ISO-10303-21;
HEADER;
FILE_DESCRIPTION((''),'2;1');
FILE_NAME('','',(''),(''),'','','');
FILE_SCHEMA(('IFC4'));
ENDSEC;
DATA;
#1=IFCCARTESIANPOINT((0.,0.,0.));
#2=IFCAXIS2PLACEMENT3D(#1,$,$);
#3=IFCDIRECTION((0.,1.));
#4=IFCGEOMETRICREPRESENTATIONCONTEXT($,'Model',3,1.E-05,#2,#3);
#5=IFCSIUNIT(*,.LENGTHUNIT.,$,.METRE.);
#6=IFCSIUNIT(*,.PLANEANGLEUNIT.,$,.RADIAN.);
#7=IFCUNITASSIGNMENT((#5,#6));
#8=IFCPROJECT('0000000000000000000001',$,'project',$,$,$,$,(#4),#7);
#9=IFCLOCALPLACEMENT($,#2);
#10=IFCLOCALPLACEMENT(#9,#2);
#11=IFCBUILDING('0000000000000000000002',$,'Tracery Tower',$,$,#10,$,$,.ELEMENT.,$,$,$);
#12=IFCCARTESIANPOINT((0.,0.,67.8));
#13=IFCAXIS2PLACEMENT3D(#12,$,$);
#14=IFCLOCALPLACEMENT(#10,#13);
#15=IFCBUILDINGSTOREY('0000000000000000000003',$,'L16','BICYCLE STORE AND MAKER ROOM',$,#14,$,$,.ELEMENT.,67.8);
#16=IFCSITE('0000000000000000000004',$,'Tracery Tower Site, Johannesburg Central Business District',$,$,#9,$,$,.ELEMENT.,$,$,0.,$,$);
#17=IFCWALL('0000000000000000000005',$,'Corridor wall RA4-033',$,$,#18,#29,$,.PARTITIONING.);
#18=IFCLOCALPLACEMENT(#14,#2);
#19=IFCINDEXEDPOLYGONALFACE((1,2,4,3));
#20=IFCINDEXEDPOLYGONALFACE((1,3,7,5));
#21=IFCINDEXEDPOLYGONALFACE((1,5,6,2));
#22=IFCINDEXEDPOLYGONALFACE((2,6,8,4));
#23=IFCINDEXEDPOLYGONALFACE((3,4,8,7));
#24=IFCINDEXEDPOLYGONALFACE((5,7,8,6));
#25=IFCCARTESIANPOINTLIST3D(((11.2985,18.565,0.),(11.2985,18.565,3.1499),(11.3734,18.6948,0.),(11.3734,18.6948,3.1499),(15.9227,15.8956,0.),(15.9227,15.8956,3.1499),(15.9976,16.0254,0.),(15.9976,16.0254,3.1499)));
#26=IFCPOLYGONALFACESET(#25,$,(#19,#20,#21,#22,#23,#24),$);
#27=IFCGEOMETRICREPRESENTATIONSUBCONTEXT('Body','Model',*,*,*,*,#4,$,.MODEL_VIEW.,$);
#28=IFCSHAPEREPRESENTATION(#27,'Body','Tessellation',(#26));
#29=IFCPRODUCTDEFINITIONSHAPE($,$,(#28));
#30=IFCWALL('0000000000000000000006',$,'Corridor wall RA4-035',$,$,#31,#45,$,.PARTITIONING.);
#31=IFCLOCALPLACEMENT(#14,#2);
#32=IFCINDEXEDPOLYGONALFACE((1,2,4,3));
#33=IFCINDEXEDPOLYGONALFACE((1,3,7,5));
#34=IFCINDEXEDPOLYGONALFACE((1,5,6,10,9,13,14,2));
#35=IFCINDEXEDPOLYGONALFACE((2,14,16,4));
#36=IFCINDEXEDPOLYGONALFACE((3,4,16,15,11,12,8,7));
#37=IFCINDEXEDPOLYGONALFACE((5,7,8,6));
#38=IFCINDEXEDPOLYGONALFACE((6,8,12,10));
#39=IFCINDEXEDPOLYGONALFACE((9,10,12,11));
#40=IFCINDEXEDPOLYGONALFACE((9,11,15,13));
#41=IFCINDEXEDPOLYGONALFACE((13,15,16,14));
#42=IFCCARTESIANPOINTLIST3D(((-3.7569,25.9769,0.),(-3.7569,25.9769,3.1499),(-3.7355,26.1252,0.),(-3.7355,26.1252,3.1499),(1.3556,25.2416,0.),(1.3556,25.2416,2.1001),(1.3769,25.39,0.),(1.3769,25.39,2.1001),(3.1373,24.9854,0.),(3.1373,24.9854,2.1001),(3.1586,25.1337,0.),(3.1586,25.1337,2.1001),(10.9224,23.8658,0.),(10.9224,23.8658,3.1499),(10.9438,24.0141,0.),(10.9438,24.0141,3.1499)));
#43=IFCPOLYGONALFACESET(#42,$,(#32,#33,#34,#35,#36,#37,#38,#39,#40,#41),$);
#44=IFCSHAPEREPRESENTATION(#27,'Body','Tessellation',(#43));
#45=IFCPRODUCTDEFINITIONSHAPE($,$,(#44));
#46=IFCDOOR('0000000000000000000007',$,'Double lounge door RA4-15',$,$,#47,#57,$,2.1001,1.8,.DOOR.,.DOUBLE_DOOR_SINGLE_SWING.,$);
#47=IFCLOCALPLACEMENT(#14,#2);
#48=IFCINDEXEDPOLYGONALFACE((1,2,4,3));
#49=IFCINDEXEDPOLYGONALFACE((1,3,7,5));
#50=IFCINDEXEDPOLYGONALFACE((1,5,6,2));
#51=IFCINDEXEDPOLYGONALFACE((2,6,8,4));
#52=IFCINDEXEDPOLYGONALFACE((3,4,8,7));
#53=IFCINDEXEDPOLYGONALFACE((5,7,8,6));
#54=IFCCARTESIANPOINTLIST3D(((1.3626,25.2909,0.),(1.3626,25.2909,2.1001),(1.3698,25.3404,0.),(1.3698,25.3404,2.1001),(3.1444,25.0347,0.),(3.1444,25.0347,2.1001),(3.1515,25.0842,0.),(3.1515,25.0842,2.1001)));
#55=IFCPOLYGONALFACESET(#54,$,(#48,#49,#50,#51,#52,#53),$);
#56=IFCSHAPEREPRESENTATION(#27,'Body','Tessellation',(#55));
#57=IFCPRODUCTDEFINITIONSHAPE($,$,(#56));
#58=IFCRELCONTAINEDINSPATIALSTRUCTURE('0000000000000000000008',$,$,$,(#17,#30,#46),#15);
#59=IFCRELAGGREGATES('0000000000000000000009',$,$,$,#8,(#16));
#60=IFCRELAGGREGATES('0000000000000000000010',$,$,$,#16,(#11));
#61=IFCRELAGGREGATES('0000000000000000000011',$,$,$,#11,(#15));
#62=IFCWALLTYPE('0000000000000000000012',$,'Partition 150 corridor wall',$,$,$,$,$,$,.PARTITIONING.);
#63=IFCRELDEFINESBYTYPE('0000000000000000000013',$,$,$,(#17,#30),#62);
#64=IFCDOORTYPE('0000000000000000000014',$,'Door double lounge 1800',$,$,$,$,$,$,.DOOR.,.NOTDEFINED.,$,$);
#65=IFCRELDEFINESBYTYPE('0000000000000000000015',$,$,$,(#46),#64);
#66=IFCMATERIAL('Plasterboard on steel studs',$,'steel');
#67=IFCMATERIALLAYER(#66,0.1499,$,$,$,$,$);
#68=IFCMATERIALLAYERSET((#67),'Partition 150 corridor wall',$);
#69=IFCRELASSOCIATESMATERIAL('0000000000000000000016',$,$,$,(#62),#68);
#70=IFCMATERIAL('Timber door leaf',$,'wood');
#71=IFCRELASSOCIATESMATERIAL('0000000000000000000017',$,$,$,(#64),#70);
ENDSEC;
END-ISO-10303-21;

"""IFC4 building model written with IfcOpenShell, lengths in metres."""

from ifc_helpers import new_model, si_unit, direction, frame, frame_2d, origin, place, context, subcontext, project, spatial, rectangle, extrude, material, layer, layer_set, type_object, element, fill, save


model = new_model("IFC4")

# Units and contexts
model_context = context("Model", 3, precision=1e-05, world=origin(), true_north=direction((0.0, 1.0)))
body_context = subcontext(model_context, "Body", "Model", "MODEL_VIEW")
ifc_project = project(units=[si_unit("LENGTHUNIT", "METRE"), si_unit("PLANEANGLEUNIT", "RADIAN")], contexts=[model_context])

# Site, building, storey
site_placement = place(None, origin())
site = spatial("IfcSite", under=ifc_project, at=site_placement, Name="Tracery Tower Site, Johannesburg Central Business District", CompositionType="ELEMENT", RefElevation=0.0)
building_placement = place(site_placement, origin())
building = spatial("IfcBuilding", under=site, at=building_placement, Name="Tracery Tower", CompositionType="ELEMENT")
storey_placement = place(building_placement, frame((0.0, 0.0, 67.8)))
storey = spatial("IfcBuildingStorey", under=building, at=storey_placement, Name="L16", Description="BICYCLE STORE AND MAKER ROOM", CompositionType="ELEMENT", Elevation=67.8)

# Shared definitions
ifc_material_1 = material(Name="Plasterboard on steel studs", Category="steel")
ifc_layer_1 = layer(ifc_material_1, 0.1499)
ifc_layer_set_1 = layer_set([ifc_layer_1], Name="Partition 150 corridor wall")
wall_type_1 = type_object("IfcWallType", Name="Partition 150 corridor wall", PredefinedType="PARTITIONING", material=ifc_layer_set_1)

# Wall
wall_1_placement = place(storey_placement, frame((11.3359, 18.6299, 0.0), z_axis=(0.0, 0.0, 1.0), x_axis=(0.866057, -0.499945, 0.0)))
element("IfcWall", 1, at=wall_1_placement, inside=storey, type_object=wall_type_1, Name="Corridor wall RA4-033", PredefinedType="PARTITIONING", context=body_context, shape_type="SweptSolid", body=[
    extrude(rectangle(XDim=5.3394, YDim=0.1499, at=frame_2d((2.6697, 0.0))), origin(), (0.0, 0.0, 1.0), 3.1499),
])

# Wall, opening, door
wall_2_placement = place(storey_placement, frame((-3.7461, 26.051, 0.0), z_axis=(0.0, 0.0, 1.0), x_axis=(0.989816, -0.14235, 0.0)))
wall_2 = element("IfcWall", 2, at=wall_2_placement, inside=storey, type_object=wall_type_1, Name="Corridor wall RA4-035", PredefinedType="PARTITIONING", context=body_context, shape_type="SweptSolid", body=[
    extrude(rectangle(XDim=14.8303, YDim=0.1499, at=frame_2d((7.415, 0.0))), origin(), (0.0, 0.0, 1.0), 3.1499),
])
opening_1_placement = place(wall_2_placement, frame((5.165, 0.0, 0.0)))
opening_1 = element("IfcOpeningElement", 3, at=opening_1_placement, cuts=wall_2, PredefinedType="OPENING", context=body_context, shape_type="SweptSolid", body=[
    extrude(rectangle(XDim=1.8, YDim=2.1001, at=frame_2d((0.8999, 1.05))), frame((0.0, 0.075, 0.0), z_axis=(0.0, -1.0, 0.0), x_axis=(1.0, 0.0, 0.0)), (0.0, 0.0, 1.0), 0.1499),
])
ifc_material_2 = material(Name="Timber door leaf", Category="wood")
door_type_1 = type_object("IfcDoorType", Name="Door double lounge 1800", OperationType="NOTDEFINED", PredefinedType="DOOR", material=ifc_material_2)
door_1_placement = place(opening_1_placement, origin())
door_1 = element("IfcDoor", 4, at=door_1_placement, inside=storey, type_object=door_type_1, Name="Double lounge door RA4-15", OperationType="DOUBLE_DOOR_SINGLE_SWING", OverallHeight=2.1001, OverallWidth=1.8, PredefinedType="DOOR", context=body_context, shape_type="SweptSolid", body=[
    extrude(rectangle(XDim=1.8, YDim=2.1001, at=frame_2d((0.8999, 1.05))), frame((0.0, 0.0249, 0.0), z_axis=(0.0, -1.0, 0.0), x_axis=(1.0, 0.0, 0.0)), (0.0, 0.0, 1.0), 0.05),
])
fill(opening_1, door_1)

save(model, "model.ifc")
